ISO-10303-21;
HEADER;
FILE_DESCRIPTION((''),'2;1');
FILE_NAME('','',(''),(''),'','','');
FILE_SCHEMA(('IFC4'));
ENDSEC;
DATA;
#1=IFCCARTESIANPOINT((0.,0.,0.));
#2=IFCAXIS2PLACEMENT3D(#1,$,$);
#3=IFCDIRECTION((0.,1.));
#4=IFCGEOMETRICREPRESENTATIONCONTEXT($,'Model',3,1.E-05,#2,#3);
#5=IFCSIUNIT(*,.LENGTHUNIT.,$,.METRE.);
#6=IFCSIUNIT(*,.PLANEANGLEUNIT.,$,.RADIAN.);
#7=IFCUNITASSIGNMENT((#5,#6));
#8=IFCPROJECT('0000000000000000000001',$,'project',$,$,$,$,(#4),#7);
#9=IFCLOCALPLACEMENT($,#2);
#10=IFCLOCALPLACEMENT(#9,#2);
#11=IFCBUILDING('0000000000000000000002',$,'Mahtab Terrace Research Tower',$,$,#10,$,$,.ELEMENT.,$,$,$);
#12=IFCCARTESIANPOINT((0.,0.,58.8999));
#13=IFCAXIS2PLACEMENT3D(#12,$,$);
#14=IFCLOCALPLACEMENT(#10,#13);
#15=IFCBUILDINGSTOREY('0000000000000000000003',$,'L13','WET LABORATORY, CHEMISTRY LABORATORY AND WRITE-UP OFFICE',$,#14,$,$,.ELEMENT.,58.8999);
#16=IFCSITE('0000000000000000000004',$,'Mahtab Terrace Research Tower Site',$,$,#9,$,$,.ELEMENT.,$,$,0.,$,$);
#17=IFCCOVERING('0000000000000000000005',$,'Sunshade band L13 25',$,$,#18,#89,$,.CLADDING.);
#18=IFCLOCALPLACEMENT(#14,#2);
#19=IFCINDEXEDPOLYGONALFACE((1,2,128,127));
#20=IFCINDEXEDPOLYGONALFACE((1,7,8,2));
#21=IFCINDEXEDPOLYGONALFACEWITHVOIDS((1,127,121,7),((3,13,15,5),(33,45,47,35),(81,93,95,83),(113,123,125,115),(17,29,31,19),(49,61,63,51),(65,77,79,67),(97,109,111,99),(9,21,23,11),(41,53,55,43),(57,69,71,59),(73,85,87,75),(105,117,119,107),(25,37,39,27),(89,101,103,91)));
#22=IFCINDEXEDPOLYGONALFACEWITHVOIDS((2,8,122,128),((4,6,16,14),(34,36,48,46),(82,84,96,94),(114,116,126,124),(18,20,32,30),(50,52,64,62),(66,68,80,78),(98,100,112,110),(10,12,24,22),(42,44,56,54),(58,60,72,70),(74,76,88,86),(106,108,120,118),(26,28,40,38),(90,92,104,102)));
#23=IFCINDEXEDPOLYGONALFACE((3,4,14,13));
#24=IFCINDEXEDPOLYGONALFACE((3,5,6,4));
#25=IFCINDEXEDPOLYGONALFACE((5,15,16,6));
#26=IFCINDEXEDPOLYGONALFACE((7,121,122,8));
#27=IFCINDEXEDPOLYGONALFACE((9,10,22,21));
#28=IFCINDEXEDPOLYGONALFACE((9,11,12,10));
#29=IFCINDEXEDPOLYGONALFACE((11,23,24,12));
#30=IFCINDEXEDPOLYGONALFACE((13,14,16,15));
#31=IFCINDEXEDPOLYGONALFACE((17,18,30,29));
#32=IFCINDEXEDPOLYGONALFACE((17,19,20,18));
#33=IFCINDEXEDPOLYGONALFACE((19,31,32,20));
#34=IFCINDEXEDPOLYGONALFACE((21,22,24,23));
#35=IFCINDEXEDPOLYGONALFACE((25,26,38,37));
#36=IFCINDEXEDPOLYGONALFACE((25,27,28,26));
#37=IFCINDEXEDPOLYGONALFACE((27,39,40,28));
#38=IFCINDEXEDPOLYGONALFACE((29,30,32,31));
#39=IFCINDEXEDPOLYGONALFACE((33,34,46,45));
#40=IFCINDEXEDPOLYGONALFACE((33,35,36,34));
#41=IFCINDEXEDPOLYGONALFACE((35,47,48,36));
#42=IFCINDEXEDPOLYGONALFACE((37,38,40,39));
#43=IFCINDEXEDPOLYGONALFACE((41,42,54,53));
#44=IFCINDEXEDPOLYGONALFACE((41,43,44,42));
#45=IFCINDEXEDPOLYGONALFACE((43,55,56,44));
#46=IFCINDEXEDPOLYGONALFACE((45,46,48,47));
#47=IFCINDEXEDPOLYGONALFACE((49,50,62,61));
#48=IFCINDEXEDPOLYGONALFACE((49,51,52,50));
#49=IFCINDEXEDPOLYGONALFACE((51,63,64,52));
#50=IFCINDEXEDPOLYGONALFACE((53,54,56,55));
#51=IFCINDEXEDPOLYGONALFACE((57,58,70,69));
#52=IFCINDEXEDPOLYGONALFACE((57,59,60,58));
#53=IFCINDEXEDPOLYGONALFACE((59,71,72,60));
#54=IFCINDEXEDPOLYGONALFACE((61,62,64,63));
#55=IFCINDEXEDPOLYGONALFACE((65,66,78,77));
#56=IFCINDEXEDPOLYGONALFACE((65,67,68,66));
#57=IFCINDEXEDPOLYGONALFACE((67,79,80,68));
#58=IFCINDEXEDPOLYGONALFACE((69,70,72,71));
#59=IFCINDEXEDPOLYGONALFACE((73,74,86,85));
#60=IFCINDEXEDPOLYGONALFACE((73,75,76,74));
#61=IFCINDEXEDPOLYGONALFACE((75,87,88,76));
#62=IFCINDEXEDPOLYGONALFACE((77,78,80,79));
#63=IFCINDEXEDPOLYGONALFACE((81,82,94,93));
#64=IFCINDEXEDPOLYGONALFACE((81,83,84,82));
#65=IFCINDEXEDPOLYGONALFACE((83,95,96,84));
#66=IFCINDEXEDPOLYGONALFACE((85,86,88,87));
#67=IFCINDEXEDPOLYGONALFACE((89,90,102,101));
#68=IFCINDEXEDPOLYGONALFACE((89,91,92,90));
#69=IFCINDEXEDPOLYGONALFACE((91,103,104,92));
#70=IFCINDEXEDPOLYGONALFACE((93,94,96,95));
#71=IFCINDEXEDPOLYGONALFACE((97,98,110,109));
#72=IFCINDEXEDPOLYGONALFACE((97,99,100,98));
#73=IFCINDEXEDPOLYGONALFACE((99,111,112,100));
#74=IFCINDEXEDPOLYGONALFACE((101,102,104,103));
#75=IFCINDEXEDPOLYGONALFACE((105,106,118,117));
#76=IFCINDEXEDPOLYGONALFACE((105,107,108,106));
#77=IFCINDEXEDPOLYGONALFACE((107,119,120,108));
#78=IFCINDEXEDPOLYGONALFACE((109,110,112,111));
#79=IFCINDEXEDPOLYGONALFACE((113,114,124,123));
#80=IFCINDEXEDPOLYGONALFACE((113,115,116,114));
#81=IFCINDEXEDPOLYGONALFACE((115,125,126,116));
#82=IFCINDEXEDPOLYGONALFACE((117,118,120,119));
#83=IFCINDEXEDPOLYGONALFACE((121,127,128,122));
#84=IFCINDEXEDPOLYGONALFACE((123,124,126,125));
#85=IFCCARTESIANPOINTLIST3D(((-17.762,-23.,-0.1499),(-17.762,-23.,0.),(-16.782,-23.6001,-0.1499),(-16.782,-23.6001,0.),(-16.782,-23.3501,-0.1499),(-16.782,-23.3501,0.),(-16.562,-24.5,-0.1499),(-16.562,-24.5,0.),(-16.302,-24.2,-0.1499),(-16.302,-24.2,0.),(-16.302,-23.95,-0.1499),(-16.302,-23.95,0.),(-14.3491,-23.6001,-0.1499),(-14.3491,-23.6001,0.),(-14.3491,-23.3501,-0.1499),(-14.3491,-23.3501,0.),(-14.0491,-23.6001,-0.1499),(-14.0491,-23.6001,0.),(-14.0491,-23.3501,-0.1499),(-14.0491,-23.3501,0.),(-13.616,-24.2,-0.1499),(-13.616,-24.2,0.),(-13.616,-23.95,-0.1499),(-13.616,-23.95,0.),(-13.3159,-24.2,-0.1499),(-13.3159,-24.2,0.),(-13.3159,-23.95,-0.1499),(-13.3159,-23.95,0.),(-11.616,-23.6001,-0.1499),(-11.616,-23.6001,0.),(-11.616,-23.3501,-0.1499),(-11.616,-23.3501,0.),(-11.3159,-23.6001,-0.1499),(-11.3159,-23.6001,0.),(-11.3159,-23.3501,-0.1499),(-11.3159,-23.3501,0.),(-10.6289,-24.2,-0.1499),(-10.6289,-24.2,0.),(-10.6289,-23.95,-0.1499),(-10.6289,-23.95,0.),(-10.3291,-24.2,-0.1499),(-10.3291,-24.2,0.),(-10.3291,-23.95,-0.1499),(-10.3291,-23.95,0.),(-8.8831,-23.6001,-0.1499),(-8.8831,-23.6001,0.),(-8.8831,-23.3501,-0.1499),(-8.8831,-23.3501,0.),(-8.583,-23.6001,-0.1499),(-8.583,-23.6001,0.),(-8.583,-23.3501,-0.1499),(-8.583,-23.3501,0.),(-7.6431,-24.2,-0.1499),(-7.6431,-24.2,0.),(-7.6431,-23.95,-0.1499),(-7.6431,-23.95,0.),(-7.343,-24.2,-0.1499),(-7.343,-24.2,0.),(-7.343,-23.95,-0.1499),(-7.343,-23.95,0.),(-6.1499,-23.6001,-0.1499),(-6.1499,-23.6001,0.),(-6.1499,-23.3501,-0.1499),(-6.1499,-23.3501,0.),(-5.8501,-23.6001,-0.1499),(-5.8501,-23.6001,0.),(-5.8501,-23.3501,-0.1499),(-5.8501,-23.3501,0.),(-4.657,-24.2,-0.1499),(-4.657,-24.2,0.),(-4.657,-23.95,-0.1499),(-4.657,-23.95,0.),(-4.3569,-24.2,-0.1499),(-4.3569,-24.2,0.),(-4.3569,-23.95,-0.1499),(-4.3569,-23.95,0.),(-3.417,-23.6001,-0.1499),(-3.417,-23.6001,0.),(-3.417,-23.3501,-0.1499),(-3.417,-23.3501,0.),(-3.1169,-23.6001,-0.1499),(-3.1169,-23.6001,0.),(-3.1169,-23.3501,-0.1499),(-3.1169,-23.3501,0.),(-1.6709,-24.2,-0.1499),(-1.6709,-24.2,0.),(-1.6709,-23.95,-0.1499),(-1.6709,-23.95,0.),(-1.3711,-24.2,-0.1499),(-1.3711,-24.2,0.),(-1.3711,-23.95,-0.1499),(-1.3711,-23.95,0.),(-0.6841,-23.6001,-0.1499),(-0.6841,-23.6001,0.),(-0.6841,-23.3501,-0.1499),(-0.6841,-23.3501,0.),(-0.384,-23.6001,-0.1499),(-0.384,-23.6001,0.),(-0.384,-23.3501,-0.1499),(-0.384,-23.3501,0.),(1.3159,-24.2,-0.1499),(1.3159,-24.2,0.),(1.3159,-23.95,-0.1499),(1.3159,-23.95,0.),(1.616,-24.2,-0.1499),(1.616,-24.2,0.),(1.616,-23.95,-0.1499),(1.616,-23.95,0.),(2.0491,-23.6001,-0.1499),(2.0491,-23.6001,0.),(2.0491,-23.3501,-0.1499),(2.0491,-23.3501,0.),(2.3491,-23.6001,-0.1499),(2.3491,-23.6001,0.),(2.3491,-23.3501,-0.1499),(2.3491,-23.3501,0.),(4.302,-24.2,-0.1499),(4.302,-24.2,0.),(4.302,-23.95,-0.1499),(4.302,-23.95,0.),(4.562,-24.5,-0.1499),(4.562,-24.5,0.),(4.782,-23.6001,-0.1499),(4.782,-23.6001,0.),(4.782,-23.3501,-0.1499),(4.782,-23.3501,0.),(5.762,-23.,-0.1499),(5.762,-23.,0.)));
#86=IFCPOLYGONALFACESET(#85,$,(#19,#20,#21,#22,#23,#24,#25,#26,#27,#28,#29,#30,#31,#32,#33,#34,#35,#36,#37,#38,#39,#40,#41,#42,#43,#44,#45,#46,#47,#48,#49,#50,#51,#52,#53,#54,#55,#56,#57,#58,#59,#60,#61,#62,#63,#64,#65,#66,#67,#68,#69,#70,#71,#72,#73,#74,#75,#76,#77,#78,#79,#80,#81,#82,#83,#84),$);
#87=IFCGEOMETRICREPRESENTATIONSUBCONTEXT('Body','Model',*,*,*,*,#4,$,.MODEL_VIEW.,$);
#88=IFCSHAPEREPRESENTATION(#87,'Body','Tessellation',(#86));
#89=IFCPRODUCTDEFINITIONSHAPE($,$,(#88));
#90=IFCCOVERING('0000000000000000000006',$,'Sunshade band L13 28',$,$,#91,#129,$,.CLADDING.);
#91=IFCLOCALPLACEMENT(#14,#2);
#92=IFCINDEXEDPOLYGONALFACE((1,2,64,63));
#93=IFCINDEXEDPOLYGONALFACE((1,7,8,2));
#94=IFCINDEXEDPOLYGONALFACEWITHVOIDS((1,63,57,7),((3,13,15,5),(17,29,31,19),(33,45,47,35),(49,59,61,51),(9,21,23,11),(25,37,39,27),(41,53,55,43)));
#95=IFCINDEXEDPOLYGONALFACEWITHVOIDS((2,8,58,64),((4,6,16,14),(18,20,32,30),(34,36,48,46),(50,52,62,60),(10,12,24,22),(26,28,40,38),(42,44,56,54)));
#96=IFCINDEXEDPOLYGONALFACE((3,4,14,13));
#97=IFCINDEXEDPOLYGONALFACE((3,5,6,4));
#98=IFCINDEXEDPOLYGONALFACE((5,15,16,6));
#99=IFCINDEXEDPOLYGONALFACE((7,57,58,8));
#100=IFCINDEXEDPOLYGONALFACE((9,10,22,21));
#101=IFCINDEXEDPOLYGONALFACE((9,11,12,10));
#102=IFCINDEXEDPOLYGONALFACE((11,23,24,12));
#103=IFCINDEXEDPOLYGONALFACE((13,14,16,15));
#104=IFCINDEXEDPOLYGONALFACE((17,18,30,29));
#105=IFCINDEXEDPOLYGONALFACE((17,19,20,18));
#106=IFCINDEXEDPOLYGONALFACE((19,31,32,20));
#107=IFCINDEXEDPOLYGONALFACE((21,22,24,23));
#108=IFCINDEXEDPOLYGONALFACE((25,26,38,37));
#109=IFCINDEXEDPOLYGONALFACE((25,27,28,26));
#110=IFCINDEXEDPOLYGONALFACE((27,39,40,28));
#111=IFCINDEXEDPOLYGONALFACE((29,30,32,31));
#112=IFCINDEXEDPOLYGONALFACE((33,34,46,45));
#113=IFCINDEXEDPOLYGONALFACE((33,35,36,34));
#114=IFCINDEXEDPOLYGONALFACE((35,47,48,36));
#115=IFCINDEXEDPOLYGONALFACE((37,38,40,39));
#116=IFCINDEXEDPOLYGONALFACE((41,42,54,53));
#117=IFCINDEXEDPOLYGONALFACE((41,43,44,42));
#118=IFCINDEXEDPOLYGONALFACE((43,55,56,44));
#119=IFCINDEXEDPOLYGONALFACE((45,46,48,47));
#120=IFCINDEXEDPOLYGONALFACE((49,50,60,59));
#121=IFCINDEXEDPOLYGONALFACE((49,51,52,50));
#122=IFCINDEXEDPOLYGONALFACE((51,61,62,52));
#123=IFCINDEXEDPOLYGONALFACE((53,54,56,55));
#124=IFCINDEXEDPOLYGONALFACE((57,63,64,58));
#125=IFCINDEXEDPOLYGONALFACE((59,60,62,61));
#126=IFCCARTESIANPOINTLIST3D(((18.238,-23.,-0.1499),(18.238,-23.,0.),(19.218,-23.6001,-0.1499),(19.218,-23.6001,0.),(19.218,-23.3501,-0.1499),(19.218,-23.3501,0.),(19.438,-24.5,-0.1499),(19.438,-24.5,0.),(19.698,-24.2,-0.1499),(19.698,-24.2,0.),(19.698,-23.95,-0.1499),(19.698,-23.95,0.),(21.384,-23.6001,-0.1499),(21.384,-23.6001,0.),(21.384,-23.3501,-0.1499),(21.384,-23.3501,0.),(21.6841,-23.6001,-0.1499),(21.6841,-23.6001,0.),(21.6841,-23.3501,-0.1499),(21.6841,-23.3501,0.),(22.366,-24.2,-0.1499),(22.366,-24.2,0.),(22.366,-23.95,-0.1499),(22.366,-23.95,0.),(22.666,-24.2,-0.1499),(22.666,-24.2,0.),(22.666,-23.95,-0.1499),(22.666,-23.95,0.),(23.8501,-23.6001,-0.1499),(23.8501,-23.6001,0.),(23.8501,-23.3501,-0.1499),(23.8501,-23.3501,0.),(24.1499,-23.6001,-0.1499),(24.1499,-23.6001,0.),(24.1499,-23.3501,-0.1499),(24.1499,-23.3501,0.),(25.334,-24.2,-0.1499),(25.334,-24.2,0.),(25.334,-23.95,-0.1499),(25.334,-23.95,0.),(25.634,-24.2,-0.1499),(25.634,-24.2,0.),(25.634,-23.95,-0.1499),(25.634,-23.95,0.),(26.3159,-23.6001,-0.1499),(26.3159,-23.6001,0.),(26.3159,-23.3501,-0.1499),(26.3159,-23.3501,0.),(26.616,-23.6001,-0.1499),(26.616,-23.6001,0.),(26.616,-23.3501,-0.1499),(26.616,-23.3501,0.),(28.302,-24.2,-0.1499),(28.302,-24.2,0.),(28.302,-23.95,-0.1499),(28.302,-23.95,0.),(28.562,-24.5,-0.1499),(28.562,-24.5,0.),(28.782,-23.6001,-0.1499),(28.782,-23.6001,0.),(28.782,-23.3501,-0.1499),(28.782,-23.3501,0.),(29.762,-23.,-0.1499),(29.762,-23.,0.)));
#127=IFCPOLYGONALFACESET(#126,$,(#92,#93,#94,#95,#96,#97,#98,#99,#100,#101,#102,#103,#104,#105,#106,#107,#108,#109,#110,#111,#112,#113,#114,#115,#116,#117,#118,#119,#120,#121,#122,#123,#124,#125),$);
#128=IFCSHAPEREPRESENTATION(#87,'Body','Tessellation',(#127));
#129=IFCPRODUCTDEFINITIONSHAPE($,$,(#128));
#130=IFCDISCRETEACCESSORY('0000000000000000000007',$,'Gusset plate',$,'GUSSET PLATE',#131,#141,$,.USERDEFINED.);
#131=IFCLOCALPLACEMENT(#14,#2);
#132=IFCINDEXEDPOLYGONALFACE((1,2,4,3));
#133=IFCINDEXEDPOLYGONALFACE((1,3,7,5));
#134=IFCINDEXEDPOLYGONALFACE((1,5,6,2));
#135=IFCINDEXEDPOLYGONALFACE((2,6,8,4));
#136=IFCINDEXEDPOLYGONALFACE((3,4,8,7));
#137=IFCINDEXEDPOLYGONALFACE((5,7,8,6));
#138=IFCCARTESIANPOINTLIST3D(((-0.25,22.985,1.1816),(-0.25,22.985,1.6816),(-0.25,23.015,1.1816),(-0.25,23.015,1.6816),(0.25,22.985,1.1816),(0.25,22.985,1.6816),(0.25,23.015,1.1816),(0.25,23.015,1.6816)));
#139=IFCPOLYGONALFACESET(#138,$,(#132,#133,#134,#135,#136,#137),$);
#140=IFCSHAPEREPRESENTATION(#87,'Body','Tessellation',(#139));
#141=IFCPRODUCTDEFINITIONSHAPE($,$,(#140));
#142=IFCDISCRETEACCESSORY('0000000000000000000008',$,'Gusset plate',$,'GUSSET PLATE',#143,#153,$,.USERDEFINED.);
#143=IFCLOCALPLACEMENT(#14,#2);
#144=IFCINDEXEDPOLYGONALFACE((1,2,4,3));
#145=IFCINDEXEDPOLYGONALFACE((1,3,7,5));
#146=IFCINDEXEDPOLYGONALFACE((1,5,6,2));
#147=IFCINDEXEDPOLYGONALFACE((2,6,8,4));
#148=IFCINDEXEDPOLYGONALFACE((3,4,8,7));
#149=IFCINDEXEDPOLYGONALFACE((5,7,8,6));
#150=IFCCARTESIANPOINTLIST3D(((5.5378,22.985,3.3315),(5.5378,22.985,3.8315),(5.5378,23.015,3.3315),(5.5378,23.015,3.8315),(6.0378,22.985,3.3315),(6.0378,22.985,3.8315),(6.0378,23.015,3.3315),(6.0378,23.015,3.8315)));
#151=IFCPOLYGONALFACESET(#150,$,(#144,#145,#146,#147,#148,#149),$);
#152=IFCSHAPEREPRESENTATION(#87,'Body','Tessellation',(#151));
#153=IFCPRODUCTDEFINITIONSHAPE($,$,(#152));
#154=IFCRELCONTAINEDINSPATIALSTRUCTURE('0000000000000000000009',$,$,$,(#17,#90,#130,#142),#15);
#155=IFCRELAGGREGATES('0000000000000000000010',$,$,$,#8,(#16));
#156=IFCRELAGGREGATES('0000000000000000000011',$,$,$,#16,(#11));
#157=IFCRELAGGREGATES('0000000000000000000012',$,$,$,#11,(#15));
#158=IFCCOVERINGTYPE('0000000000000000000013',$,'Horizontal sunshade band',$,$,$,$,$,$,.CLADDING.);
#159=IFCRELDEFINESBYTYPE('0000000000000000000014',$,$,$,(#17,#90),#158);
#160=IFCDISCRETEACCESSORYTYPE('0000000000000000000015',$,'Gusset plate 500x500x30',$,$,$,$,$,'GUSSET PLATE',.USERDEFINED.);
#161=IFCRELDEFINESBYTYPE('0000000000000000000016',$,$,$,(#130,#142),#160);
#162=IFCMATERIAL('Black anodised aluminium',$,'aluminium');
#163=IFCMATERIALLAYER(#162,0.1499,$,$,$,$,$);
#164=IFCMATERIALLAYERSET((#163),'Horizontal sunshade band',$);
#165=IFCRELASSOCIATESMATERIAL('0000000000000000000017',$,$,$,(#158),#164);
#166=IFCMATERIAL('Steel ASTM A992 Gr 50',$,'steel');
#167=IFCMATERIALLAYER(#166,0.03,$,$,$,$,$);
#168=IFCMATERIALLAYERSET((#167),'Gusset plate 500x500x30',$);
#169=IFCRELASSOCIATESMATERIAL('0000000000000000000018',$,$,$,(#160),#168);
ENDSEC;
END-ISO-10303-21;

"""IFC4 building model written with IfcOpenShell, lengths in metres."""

from ifc_helpers import new_model, si_unit, direction, frame, origin, origin_2d, place, context, subcontext, project, spatial, polyline, rectangle, outline, extrude, material, layer, layer_set, type_object, element, save


model = new_model("IFC4")

# Units and contexts
model_context = context("Model", 3, precision=1e-05, world=origin(), true_north=direction((0.0, 1.0)))
body_context = subcontext(model_context, "Body", "Model", "MODEL_VIEW")
ifc_project = project(units=[si_unit("LENGTHUNIT", "METRE"), si_unit("PLANEANGLEUNIT", "RADIAN")], contexts=[model_context])

# Site, building, storey
site_placement = place(None, origin())
site = spatial("IfcSite", under=ifc_project, at=site_placement, Name="Mahtab Terrace Research Tower Site", CompositionType="ELEMENT", RefElevation=0.0)
building_placement = place(site_placement, origin())
building = spatial("IfcBuilding", under=site, at=building_placement, Name="Mahtab Terrace Research Tower", CompositionType="ELEMENT")
storey_placement = place(building_placement, frame((0.0, 0.0, 58.8999)))
storey = spatial("IfcBuildingStorey", under=building, at=storey_placement, Name="L13", Description="WET LABORATORY, CHEMISTRY LABORATORY AND WRITE-UP OFFICE", CompositionType="ELEMENT", Elevation=58.8999)

# Shared definitions
ifc_material_1 = material(Name="Steel ASTM A992 Gr 50", Category="steel")

# Coverings
ifc_material_2 = material(Name="Black anodised aluminium", Category="aluminium")
ifc_layer_1 = layer(ifc_material_2, 0.1499)
ifc_layer_set_1 = layer_set([ifc_layer_1], Name="Horizontal sunshade band")
covering_type_1 = type_object("IfcCoveringType", Name="Horizontal sunshade band", PredefinedType="CLADDING", material=ifc_layer_set_1)
covering_1_placement = place(storey_placement, frame((0.0, 0.0, -0.1499)))
element("IfcCovering", 1, at=covering_1_placement, inside=storey, type_object=covering_type_1, Name="Sunshade band L13 25", PredefinedType="CLADDING", context=body_context, shape_type="SweptSolid", body=[
    extrude(outline(polyline([(-17.762, -23.0), (5.762, -23.0), (4.562, -24.5), (-16.562, -24.5), (-17.762, -23.0)]), holes=[polyline([(-16.782, -23.3501), (-14.3491, -23.3501), (-14.3491, -23.6001), (-16.782, -23.6001), (-16.782, -23.3501)]), polyline([(-14.0491, -23.3501), (-11.616, -23.3501), (-11.616, -23.6001), (-14.0491, -23.6001), (-14.0491, -23.3501)]), polyline([(-11.3159, -23.3501), (-8.8831, -23.3501), (-8.8831, -23.6001), (-11.3159, -23.6001), (-11.3159, -23.3501)]), polyline([(-8.583, -23.3501), (-6.1499, -23.3501), (-6.1499, -23.6001), (-8.583, -23.6001), (-8.583, -23.3501)]), polyline([(-5.8501, -23.3501), (-3.417, -23.3501), (-3.417, -23.6001), (-5.8501, -23.6001), (-5.8501, -23.3501)]), polyline([(-3.1169, -23.3501), (-0.6841, -23.3501), (-0.6841, -23.6001), (-3.1169, -23.6001), (-3.1169, -23.3501)]), polyline([(-0.384, -23.3501), (2.0491, -23.3501), (2.0491, -23.6001), (-0.384, -23.6001), (-0.384, -23.3501)]), polyline([(2.3491, -23.3501), (4.782, -23.3501), (4.782, -23.6001), (2.3491, -23.6001), (2.3491, -23.3501)]), polyline([(-16.302, -23.95), (-13.616, -23.95), (-13.616, -24.2), (-16.302, -24.2), (-16.302, -23.95)]), polyline([(-13.3159, -23.95), (-10.6289, -23.95), (-10.6289, -24.2), (-13.3159, -24.2), (-13.3159, -23.95)]), polyline([(-10.3291, -23.95), (-7.6431, -23.95), (-7.6431, -24.2), (-10.3291, -24.2), (-10.3291, -23.95)]), polyline([(-7.343, -23.95), (-4.657, -23.95), (-4.657, -24.2), (-7.343, -24.2), (-7.343, -23.95)]), polyline([(-4.3569, -23.95), (-1.6709, -23.95), (-1.6709, -24.2), (-4.3569, -24.2), (-4.3569, -23.95)]), polyline([(-1.3711, -23.95), (1.3159, -23.95), (1.3159, -24.2), (-1.3711, -24.2), (-1.3711, -23.95)]), polyline([(1.616, -23.95), (4.302, -23.95), (4.302, -24.2), (1.616, -24.2), (1.616, -23.95)])]), origin(), (0.0, 0.0, 1.0), 0.1499),
])
covering_2_placement = place(storey_placement, frame((0.0, 0.0, -0.1499)))
element("IfcCovering", 2, at=covering_2_placement, inside=storey, type_object=covering_type_1, Name="Sunshade band L13 28", PredefinedType="CLADDING", context=body_context, shape_type="SweptSolid", body=[
    extrude(outline(polyline([(18.238, -23.0), (29.762, -23.0), (28.562, -24.5), (19.438, -24.5), (18.238, -23.0)]), holes=[polyline([(19.218, -23.3501), (21.384, -23.3501), (21.384, -23.6001), (19.218, -23.6001), (19.218, -23.3501)]), polyline([(21.6841, -23.3501), (23.8501, -23.3501), (23.8501, -23.6001), (21.6841, -23.6001), (21.6841, -23.3501)]), polyline([(24.1499, -23.3501), (26.3159, -23.3501), (26.3159, -23.6001), (24.1499, -23.6001), (24.1499, -23.3501)]), polyline([(26.616, -23.3501), (28.782, -23.3501), (28.782, -23.6001), (26.616, -23.6001), (26.616, -23.3501)]), polyline([(19.698, -23.95), (22.366, -23.95), (22.366, -24.2), (19.698, -24.2), (19.698, -23.95)]), polyline([(22.666, -23.95), (25.334, -23.95), (25.334, -24.2), (22.666, -24.2), (22.666, -23.95)]), polyline([(25.634, -23.95), (28.302, -23.95), (28.302, -24.2), (25.634, -24.2), (25.634, -23.95)])]), origin(), (0.0, 0.0, 1.0), 0.1499),
])

# Discrete accessories
ifc_layer_2 = layer(ifc_material_1, 0.03)
ifc_layer_set_2 = layer_set([ifc_layer_2], Name="Gusset plate 500x500x30")
discrete_accessory_type = type_object("IfcDiscreteAccessoryType", Name="Gusset plate 500x500x30", ElementType="GUSSET PLATE", PredefinedType="USERDEFINED", material=ifc_layer_set_2)
for number, where, z_axis, x_axis, name in (
    (3, (0.0, 23.0, 1.1816), (0.0, 0.0, 1.0), (1.0, 0.0, 0.0), "Gusset plate"),
    (4, (5.7878, 23.0, 3.3315), (0.0, 0.0, 1.0), (1.0, 0.0, 0.0), "Gusset plate"),
):
    element("IfcDiscreteAccessory", number, at=place(storey_placement, frame(where, z_axis=z_axis, x_axis=x_axis)), inside=storey, type_object=discrete_accessory_type, Name=name, ObjectType="GUSSET PLATE", PredefinedType="USERDEFINED", context=body_context, shape_type="SweptSolid", body=[
        extrude(rectangle(XDim=0.5, YDim=0.03, at=origin_2d()), origin(), (0.0, 0.0, 1.0), 0.5),
    ])

save(model, "model.ifc")
